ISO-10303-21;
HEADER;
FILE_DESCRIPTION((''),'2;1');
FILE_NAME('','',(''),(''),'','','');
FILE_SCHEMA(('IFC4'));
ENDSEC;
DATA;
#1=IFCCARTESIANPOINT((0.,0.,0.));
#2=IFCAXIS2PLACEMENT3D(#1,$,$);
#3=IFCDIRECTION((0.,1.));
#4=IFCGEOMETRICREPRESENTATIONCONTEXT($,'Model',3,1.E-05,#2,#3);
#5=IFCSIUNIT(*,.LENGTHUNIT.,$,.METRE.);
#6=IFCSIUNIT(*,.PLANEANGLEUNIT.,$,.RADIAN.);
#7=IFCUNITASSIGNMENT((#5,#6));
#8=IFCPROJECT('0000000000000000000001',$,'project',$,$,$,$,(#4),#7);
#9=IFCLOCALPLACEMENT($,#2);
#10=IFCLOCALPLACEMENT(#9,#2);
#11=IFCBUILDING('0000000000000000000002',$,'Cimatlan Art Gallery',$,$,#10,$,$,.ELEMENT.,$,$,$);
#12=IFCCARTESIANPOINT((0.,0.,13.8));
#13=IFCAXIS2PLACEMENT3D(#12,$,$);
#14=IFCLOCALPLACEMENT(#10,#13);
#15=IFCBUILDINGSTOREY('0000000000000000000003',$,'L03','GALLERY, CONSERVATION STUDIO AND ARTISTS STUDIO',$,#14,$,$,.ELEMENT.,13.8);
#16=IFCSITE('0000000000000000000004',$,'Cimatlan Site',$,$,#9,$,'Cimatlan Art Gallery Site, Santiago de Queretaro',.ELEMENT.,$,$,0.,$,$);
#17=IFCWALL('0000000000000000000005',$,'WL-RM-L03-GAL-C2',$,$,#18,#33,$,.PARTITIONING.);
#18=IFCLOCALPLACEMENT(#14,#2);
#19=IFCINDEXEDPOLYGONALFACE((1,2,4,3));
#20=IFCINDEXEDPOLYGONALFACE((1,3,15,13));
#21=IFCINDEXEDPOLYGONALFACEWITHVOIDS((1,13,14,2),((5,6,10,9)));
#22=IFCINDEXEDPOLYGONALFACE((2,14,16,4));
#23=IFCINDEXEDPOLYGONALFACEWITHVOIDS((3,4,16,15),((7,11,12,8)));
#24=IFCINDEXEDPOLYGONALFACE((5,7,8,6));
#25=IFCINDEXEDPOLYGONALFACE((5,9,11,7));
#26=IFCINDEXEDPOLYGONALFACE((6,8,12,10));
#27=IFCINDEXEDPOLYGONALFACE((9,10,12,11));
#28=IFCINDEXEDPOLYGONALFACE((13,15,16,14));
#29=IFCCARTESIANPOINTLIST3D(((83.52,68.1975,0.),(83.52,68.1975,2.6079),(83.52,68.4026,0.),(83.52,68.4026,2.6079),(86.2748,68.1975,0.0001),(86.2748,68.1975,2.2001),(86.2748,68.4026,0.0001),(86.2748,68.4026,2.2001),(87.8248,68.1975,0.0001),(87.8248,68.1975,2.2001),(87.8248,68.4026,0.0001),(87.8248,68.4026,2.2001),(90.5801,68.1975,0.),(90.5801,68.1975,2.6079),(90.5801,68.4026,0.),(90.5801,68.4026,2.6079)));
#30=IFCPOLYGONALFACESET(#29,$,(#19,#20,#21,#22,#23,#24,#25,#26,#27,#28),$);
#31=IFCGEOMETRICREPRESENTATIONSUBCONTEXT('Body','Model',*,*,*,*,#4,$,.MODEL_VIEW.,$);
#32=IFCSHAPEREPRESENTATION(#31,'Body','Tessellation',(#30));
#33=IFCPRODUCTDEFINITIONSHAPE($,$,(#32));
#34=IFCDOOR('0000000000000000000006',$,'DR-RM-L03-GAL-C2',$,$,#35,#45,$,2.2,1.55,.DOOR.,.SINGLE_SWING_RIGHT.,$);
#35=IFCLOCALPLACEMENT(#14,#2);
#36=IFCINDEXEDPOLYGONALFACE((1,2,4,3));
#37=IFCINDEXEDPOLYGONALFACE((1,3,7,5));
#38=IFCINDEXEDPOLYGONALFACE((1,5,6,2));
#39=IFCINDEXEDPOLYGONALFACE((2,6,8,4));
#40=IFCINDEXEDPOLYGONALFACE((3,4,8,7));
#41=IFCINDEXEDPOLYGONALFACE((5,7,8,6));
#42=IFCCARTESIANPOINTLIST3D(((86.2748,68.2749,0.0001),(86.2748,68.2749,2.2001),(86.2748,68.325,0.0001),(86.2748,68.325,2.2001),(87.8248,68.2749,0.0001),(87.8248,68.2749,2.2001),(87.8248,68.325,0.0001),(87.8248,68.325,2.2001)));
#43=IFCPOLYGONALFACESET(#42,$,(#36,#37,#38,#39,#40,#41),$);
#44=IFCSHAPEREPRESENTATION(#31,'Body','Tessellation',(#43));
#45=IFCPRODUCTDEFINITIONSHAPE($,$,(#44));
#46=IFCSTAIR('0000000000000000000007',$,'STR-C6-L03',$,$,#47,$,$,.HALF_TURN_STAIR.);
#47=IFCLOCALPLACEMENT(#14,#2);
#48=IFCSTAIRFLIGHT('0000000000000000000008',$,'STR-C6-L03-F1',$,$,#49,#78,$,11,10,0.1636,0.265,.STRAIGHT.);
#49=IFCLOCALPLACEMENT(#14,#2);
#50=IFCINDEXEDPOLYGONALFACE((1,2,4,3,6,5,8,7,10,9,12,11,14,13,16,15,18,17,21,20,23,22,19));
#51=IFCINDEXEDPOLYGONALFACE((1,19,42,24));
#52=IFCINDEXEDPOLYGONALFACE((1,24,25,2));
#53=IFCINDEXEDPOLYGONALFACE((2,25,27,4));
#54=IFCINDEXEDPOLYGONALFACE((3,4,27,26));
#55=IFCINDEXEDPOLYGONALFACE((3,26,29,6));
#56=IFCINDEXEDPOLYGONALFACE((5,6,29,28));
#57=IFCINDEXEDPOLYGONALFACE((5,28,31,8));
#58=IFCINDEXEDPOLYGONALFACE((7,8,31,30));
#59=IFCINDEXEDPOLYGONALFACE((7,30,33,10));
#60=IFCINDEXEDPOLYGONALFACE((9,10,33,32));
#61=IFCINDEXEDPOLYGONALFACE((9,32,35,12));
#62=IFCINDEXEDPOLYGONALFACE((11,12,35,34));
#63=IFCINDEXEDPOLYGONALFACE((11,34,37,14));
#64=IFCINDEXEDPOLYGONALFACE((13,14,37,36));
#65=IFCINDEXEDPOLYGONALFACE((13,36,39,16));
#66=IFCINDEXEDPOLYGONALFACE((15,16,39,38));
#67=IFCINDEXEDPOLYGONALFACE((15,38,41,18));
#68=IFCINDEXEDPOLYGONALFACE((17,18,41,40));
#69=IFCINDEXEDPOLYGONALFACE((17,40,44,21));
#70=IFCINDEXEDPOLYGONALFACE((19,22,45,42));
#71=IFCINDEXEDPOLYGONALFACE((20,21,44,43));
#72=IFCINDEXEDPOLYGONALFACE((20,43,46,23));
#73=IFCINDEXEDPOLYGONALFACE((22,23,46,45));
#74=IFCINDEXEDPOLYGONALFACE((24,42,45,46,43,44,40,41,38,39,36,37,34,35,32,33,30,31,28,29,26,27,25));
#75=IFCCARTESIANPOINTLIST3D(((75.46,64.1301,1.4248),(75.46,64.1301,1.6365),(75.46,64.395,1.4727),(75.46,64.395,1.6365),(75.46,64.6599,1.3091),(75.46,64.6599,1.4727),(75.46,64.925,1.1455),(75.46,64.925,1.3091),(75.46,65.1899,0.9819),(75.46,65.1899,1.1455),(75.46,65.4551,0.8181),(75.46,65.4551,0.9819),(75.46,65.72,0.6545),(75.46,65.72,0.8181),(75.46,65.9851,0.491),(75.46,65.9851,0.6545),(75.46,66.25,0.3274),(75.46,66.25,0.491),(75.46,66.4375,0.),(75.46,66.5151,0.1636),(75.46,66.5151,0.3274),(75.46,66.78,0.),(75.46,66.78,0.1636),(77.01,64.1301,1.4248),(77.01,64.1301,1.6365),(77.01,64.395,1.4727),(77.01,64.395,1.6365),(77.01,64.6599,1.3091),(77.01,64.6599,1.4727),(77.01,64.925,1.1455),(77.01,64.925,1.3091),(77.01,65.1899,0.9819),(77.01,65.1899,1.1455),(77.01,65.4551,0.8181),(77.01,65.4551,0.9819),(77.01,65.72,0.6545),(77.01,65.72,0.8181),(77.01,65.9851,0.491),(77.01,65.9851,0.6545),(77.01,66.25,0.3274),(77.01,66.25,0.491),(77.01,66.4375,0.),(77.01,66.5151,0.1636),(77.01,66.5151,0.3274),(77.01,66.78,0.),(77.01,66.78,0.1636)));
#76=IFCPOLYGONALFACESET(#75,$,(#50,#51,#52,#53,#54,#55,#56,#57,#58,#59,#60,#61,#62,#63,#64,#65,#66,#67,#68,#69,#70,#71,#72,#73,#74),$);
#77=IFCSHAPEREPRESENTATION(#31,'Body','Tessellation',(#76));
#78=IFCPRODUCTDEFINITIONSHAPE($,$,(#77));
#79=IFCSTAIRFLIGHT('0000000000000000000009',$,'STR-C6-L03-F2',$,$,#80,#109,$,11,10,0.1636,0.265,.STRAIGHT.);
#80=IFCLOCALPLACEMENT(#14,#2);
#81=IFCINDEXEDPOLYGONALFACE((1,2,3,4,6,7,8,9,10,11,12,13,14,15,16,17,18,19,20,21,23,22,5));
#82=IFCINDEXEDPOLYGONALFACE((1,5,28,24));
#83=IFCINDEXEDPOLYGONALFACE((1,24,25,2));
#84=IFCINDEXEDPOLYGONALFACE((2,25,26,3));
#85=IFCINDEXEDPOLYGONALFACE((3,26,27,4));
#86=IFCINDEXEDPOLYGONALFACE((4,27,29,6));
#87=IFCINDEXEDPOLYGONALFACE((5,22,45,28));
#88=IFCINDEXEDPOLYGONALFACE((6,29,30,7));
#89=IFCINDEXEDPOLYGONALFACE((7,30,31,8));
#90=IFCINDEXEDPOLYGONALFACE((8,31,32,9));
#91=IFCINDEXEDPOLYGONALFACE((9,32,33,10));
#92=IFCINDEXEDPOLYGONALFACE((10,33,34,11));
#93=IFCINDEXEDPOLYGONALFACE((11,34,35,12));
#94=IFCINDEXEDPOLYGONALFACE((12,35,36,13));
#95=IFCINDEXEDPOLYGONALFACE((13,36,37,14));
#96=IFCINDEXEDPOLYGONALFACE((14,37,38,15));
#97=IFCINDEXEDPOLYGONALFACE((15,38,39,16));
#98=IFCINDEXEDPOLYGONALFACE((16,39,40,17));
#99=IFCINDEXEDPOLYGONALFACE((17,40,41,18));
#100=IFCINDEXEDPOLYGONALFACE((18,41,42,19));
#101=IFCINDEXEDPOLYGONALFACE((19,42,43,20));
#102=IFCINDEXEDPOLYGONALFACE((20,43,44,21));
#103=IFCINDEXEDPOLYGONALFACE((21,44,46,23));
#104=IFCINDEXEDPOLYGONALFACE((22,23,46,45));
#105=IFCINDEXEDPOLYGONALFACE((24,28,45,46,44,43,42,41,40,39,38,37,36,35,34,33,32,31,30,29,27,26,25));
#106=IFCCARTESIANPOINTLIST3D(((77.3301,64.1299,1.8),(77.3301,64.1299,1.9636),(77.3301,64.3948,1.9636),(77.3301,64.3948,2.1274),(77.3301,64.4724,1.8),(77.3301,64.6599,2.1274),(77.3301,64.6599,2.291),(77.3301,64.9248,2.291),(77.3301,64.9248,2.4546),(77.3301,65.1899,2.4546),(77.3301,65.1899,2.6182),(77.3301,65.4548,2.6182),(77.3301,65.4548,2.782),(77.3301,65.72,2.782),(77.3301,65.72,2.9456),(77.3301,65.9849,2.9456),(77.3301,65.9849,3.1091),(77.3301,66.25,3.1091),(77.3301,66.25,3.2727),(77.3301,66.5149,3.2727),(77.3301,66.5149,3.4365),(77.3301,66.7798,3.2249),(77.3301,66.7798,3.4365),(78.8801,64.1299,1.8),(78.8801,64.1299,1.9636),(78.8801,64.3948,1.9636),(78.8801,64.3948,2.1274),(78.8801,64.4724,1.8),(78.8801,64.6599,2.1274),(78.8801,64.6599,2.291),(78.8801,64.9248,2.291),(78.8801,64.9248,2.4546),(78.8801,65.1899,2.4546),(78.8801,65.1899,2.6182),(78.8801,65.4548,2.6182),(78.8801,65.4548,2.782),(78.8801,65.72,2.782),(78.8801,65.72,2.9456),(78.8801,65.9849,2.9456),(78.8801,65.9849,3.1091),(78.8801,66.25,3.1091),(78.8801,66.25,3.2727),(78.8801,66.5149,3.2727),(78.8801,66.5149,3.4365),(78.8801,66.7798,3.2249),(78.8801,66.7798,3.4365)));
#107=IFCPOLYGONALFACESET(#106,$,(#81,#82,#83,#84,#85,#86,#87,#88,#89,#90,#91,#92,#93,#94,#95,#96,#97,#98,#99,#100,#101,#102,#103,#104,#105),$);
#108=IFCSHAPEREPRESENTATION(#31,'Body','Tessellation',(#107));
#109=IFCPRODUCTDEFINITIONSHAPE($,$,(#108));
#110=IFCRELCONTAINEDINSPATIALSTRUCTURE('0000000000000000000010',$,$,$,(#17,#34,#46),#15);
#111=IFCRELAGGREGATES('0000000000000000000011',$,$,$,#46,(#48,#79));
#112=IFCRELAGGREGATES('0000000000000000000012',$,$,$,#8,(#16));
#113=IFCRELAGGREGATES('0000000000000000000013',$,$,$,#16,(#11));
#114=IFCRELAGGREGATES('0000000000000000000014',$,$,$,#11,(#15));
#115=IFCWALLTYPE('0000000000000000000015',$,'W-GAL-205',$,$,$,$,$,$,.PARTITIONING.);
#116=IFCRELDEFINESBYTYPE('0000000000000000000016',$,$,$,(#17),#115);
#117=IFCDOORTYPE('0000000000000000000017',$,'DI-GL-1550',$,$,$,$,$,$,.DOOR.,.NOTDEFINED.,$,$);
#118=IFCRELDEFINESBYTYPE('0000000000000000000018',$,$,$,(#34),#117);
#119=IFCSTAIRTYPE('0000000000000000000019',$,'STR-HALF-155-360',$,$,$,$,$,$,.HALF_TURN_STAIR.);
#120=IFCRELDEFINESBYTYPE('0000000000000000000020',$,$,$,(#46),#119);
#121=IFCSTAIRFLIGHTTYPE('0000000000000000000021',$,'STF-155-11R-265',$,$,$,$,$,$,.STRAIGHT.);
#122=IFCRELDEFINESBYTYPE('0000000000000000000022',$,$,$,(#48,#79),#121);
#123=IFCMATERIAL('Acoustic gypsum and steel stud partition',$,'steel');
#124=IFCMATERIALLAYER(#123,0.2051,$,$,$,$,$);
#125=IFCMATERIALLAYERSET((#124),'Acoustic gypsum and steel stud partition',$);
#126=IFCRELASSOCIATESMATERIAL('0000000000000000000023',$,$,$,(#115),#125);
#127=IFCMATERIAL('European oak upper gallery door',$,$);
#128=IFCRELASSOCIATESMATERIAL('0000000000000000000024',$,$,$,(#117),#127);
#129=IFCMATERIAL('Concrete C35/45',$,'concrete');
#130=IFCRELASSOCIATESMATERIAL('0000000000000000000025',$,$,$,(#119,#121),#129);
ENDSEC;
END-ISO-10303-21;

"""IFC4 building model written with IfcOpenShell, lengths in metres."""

from ifc_helpers import new_model, si_unit, direction, frame, frame_2d, origin, place, context, subcontext, project, spatial, polyline, rectangle, outline, extrude, material, layer, layer_set, type_object, element, fill, aggregate, save


model = new_model("IFC4")

# Units and contexts
model_context = context("Model", 3, precision=1e-05, world=origin(), true_north=direction((0.0, 1.0)))
body_context = subcontext(model_context, "Body", "Model", "MODEL_VIEW")
ifc_project = project(units=[si_unit("LENGTHUNIT", "METRE"), si_unit("PLANEANGLEUNIT", "RADIAN")], contexts=[model_context])

# Site, building, storey
site_placement = place(None, origin())
site = spatial("IfcSite", under=ifc_project, at=site_placement, Name="Cimatlan Site", LongName="Cimatlan Art Gallery Site, Santiago de Queretaro", CompositionType="ELEMENT", RefElevation=0.0)
building_placement = place(site_placement, origin())
building = spatial("IfcBuilding", under=site, at=building_placement, Name="Cimatlan Art Gallery", CompositionType="ELEMENT")
storey_placement = place(building_placement, frame((0.0, 0.0, 13.8)))
storey = spatial("IfcBuildingStorey", under=building, at=storey_placement, Name="L03", Description="GALLERY, CONSERVATION STUDIO AND ARTISTS STUDIO", CompositionType="ELEMENT", Elevation=13.8)

# Wall, opening, door
ifc_material_1 = material(Name="Acoustic gypsum and steel stud partition", Category="steel")
ifc_layer_1 = layer(ifc_material_1, 0.2051)
ifc_layer_set_1 = layer_set([ifc_layer_1], Name="Acoustic gypsum and steel stud partition")
wall_type_1 = type_object("IfcWallType", Name="W-GAL-205", PredefinedType="PARTITIONING", material=ifc_layer_set_1)
wall_1_placement = place(storey_placement, frame((83.52, 68.3, 0.0), z_axis=(0.0, 0.0, 1.0), x_axis=(1.0, 0.0, 0.0)))
wall_1 = element("IfcWall", 1, at=wall_1_placement, inside=storey, type_object=wall_type_1, Name="WL-RM-L03-GAL-C2", PredefinedType="PARTITIONING", context=body_context, shape_type="SweptSolid", body=[
    extrude(rectangle(XDim=7.0601, YDim=0.2051, at=frame_2d((3.53, 0.0))), origin(), (0.0, 0.0, 1.0), 2.6079),
])
opening_1_placement = place(wall_1_placement, frame((2.7549, 0.0, 0.0)))
opening_1 = element("IfcOpeningElement", 2, at=opening_1_placement, cuts=wall_1, PredefinedType="OPENING", context=body_context, shape_type="SweptSolid", body=[
    extrude(rectangle(XDim=1.55, YDim=2.2, at=frame_2d((0.7749, 1.1001))), frame((0.0, 0.1125, 0.0), z_axis=(0.0, -1.0, 0.0), x_axis=(1.0, 0.0, 0.0)), (0.0, 0.0, 1.0), 0.2251),
])
ifc_material_2 = material(Name="European oak upper gallery door")
door_type_1 = type_object("IfcDoorType", Name="DI-GL-1550", OperationType="NOTDEFINED", PredefinedType="DOOR", material=ifc_material_2)
door_1_placement = place(opening_1_placement, origin())
door_1 = element("IfcDoor", 3, at=door_1_placement, inside=storey, type_object=door_type_1, Name="DR-RM-L03-GAL-C2", OperationType="SINGLE_SWING_RIGHT", OverallHeight=2.2, OverallWidth=1.55, PredefinedType="DOOR", context=body_context, shape_type="SweptSolid", body=[
    extrude(rectangle(XDim=1.55, YDim=2.2, at=frame_2d((0.7749, 1.1001))), frame((0.0, 0.0249, 0.0), z_axis=(0.0, -1.0, 0.0), x_axis=(1.0, 0.0, 0.0)), (0.0, 0.0, 1.0), 0.05),
])
fill(opening_1, door_1)

# Stair, stair flights
ifc_material_3 = material(Name="Concrete C35/45", Category="concrete")
stair_type = type_object("IfcStairType", Name="STR-HALF-155-360", PredefinedType="HALF_TURN_STAIR", material=ifc_material_3)
stair_placement = place(storey_placement, origin())
stair = element("IfcStair", 4, at=stair_placement, inside=storey, type_object=stair_type, Name="STR-C6-L03", PredefinedType="HALF_TURN_STAIR")
stair_flight_type = type_object("IfcStairFlightType", Name="STF-155-11R-265", PredefinedType="STRAIGHT", material=ifc_material_3)
stair_flight_1_placement = place(storey_placement, frame((76.2351, 66.78, 0.0), z_axis=(0.0, 0.0, 1.0), x_axis=(0.0, -1.0, 0.0)))
stair_flight_1 = element("IfcStairFlight", 5, at=stair_flight_1_placement, type_object=stair_flight_type, Name="STR-C6-L03-F1", NumberOfRisers=11, NumberOfTreads=10, PredefinedType="STRAIGHT", RiserHeight=0.1636, TreadLength=0.265, context=body_context, shape_type="SweptSolid", body=[
    extrude(outline(polyline([(0.0, 0.0), (0.0, 0.1636), (0.2649, 0.1636), (0.2649, 0.3274), (0.53, 0.3274), (0.53, 0.491), (0.7949, 0.491), (0.7949, 0.6545), (1.0601, 0.6545), (1.0601, 0.8181), (1.325, 0.8181), (1.325, 0.9819), (1.5901, 0.9819), (1.5901, 1.1455), (1.855, 1.1455), (1.855, 1.3091), (2.1201, 1.3091), (2.1201, 1.4727), (2.385, 1.4727), (2.385, 1.6365), (2.6499, 1.6365), (2.6499, 1.8), (2.6499, 1.4248), (0.3425, 0.0), (0.0, 0.0)])), frame((0.0, 0.7749, 0.0), z_axis=(0.0, -1.0, 0.0), x_axis=(1.0, 0.0, 0.0)), (0.0, 0.0, 1.0), 1.55),
])
stair_flight_2_placement = place(storey_placement, frame((78.105, 64.1299, 1.8), z_axis=(0.0, 0.0, 1.0), x_axis=(0.0, 1.0, 0.0)))
stair_flight_2 = element("IfcStairFlight", 6, at=stair_flight_2_placement, type_object=stair_flight_type, Name="STR-C6-L03-F2", NumberOfRisers=11, NumberOfTreads=10, PredefinedType="STRAIGHT", RiserHeight=0.1636, TreadLength=0.265, context=body_context, shape_type="SweptSolid", body=[
    extrude(outline(polyline([(0.0, 0.0), (0.0, 0.1636), (0.2649, 0.1636), (0.2649, 0.3274), (0.53, 0.3274), (0.53, 0.491), (0.7949, 0.491), (0.7949, 0.6545), (1.0601, 0.6545), (1.0601, 0.8181), (1.325, 0.8181), (1.325, 0.9819), (1.5901, 0.9819), (1.5901, 1.1455), (1.855, 1.1455), (1.855, 1.3091), (2.1201, 1.3091), (2.1201, 1.4727), (2.385, 1.4727), (2.385, 1.6365), (2.6499, 1.6365), (2.6499, 1.8), (2.6499, 1.4248), (0.3425, 0.0), (0.0, 0.0)])), frame((0.0, 0.7749, 0.0), z_axis=(0.0, -1.0, 0.0), x_axis=(1.0, 0.0, 0.0)), (0.0, 0.0, 1.0), 1.55),
])
aggregate(stair, [stair_flight_1, stair_flight_2])

save(model, "model.ifc")
